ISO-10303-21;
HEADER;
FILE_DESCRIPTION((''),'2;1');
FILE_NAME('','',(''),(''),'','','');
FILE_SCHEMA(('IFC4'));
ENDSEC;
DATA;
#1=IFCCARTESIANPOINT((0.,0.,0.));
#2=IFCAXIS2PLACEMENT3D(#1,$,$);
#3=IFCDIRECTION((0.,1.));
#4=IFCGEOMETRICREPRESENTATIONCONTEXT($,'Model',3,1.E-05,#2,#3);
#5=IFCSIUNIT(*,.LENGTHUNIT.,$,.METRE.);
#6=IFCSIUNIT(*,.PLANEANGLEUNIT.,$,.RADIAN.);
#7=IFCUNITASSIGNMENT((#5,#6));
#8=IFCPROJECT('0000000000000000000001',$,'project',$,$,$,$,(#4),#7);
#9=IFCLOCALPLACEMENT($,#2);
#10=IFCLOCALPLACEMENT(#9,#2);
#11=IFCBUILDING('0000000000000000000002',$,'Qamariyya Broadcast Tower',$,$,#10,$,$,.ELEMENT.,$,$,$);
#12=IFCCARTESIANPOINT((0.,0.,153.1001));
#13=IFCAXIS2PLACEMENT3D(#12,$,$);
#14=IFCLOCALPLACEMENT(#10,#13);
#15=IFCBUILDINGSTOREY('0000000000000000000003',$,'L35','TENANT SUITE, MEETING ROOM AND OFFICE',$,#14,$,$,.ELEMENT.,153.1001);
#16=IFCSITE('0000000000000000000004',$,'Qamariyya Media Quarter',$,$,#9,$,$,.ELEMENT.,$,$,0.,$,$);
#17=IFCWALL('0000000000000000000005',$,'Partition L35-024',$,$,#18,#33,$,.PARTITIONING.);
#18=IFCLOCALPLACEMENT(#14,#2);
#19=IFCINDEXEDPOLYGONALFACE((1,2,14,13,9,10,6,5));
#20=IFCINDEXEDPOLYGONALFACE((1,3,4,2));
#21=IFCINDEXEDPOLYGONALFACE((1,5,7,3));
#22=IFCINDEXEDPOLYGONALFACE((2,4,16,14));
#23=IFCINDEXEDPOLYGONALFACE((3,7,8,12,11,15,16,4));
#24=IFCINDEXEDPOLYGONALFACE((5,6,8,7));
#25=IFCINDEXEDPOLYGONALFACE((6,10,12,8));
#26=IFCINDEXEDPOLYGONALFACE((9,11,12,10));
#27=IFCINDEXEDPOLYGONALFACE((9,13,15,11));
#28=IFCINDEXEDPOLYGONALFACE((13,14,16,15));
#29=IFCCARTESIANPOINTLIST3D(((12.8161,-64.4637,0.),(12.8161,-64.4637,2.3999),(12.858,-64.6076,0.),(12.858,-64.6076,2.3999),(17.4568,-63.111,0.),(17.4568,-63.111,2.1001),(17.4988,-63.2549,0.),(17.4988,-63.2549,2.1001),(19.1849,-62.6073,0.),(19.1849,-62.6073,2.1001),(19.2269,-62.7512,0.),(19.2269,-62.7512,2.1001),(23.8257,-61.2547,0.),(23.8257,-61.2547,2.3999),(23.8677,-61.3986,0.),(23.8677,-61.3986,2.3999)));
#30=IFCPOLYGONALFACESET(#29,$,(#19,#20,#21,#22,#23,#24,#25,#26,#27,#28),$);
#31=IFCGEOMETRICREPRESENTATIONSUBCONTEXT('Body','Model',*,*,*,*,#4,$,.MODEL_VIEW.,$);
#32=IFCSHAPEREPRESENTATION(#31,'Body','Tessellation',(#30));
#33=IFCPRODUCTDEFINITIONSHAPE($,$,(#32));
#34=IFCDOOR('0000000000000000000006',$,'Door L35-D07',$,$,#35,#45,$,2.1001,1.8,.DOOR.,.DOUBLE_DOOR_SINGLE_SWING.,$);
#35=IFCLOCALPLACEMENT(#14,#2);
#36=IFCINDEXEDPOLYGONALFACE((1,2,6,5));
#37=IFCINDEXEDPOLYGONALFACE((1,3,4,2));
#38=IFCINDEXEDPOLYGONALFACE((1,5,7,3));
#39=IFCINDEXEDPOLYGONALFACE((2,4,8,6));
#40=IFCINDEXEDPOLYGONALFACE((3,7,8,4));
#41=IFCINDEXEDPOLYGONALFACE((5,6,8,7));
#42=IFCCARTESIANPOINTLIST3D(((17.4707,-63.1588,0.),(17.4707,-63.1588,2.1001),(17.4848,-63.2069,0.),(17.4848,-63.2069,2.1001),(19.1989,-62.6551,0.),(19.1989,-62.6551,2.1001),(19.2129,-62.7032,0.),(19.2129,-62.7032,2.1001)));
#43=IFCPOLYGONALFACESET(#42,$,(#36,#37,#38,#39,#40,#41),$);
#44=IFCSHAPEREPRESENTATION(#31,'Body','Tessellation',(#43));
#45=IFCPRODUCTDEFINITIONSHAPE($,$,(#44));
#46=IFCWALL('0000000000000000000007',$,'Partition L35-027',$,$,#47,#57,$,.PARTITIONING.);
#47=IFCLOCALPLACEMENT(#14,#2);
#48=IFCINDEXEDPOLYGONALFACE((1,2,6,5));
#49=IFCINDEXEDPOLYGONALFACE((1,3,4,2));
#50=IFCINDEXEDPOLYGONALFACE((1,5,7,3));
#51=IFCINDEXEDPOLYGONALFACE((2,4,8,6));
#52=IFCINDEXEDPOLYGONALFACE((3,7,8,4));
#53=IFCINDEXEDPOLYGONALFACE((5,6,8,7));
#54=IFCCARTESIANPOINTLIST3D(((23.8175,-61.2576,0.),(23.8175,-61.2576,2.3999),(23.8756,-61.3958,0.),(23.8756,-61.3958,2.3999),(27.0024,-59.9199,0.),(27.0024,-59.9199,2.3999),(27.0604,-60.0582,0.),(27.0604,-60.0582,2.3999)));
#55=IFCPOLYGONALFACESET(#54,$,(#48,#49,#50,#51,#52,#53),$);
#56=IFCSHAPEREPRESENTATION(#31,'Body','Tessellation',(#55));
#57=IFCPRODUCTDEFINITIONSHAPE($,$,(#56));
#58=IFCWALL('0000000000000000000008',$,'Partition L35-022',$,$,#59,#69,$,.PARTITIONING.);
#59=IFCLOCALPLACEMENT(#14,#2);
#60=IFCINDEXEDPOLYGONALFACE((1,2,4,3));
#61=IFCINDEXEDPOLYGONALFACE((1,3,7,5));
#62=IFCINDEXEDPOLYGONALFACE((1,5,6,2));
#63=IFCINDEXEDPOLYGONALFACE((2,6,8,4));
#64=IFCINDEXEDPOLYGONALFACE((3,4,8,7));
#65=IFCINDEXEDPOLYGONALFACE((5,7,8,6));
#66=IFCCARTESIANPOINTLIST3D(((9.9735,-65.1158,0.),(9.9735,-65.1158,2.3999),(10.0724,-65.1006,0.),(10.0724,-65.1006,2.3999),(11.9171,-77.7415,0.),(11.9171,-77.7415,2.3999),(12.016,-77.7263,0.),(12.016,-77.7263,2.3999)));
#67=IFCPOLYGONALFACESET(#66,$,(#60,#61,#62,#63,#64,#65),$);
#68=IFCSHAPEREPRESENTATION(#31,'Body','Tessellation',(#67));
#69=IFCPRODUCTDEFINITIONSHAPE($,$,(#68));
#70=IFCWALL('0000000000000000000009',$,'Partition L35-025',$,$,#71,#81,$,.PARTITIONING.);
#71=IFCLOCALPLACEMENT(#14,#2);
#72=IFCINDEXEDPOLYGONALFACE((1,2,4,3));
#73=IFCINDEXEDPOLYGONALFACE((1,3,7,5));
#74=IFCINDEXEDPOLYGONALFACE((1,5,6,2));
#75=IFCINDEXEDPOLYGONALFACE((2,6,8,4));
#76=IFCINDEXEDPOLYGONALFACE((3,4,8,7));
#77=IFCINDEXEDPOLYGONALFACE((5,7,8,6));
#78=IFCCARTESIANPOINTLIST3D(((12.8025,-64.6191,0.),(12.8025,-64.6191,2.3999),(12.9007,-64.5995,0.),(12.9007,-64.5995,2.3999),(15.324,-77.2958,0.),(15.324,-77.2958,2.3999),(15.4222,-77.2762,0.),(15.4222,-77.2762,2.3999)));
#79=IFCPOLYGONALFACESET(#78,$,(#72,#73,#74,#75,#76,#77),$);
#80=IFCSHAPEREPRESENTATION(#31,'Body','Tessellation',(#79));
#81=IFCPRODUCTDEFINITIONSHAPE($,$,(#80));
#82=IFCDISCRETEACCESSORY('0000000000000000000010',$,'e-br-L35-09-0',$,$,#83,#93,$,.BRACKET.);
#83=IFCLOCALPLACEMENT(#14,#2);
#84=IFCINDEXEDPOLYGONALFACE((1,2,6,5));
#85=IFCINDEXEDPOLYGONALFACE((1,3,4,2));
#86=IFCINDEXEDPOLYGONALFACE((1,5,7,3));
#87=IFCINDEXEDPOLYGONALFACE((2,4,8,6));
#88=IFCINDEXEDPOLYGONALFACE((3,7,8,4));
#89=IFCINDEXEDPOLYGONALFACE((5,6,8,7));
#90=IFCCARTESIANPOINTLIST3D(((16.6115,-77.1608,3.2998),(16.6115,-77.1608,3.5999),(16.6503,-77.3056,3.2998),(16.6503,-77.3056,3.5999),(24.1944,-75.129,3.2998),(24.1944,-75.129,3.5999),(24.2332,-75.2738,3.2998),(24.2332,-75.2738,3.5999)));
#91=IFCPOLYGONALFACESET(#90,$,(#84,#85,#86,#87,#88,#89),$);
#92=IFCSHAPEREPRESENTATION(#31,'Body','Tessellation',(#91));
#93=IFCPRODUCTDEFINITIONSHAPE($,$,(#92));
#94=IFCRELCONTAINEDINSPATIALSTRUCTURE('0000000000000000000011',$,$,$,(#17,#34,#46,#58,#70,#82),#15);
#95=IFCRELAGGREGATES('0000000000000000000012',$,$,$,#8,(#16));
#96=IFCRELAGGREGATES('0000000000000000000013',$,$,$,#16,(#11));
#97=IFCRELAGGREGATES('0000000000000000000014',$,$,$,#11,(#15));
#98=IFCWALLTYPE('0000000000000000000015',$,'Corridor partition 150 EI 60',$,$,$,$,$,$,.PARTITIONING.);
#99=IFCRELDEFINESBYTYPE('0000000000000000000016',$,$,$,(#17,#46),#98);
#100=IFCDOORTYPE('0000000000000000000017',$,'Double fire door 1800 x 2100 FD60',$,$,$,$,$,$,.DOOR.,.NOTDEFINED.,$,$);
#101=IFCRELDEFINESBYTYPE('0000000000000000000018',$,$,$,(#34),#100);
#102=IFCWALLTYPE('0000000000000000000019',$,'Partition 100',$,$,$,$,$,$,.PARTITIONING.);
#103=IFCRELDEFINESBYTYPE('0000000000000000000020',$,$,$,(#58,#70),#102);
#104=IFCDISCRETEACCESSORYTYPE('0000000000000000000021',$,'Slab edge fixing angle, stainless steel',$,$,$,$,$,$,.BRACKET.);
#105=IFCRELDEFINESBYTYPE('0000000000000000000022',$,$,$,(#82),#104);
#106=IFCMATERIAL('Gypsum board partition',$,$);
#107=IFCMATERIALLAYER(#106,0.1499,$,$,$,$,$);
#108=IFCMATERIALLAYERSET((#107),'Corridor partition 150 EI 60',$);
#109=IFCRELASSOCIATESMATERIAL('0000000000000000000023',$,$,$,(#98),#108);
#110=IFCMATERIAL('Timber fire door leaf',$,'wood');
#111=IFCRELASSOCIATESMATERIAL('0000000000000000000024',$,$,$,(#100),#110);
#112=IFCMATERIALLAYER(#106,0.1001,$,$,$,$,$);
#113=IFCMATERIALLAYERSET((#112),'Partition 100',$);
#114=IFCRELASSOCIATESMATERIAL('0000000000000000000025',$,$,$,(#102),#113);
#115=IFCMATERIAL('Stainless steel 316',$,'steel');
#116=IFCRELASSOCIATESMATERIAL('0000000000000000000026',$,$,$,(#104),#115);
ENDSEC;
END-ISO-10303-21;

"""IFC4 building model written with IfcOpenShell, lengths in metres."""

from ifc_helpers import new_model, si_unit, direction, frame, frame_2d, origin, origin_2d, place, context, subcontext, project, spatial, rectangle, extrude, material, layer, layer_set, type_object, element, fill, save


model = new_model("IFC4")

# Units and contexts
model_context = context("Model", 3, precision=1e-05, world=origin(), true_north=direction((0.0, 1.0)))
body_context = subcontext(model_context, "Body", "Model", "MODEL_VIEW")
ifc_project = project(units=[si_unit("LENGTHUNIT", "METRE"), si_unit("PLANEANGLEUNIT", "RADIAN")], contexts=[model_context])

# Site, building, storey
site_placement = place(None, origin())
site = spatial("IfcSite", under=ifc_project, at=site_placement, Name="Qamariyya Media Quarter", CompositionType="ELEMENT", RefElevation=0.0)
building_placement = place(site_placement, origin())
building = spatial("IfcBuilding", under=site, at=building_placement, Name="Qamariyya Broadcast Tower", CompositionType="ELEMENT")
storey_placement = place(building_placement, frame((0.0, 0.0, 153.1001)))
storey = spatial("IfcBuildingStorey", under=building, at=storey_placement, Name="L35", Description="TENANT SUITE, MEETING ROOM AND OFFICE", CompositionType="ELEMENT", Elevation=153.1001)

# Wall, opening, door
ifc_material_1 = material(Name="Gypsum board partition")
ifc_layer_1 = layer(ifc_material_1, 0.1499)
ifc_layer_set_1 = layer_set([ifc_layer_1], Name="Corridor partition 150 EI 60")
wall_type_1 = type_object("IfcWallType", Name="Corridor partition 150 EI 60", PredefinedType="PARTITIONING", material=ifc_layer_set_1)
ifc_material_2 = material(Name="Timber fire door leaf", Category="wood")
wall_1_placement = place(storey_placement, frame((23.8467, -61.3267, 0.0), z_axis=(0.0, 0.0, 1.0), x_axis=(-0.960051, -0.279823, 0.0)))
wall_1 = element("IfcWall", 1, at=wall_1_placement, inside=storey, type_object=wall_type_1, Name="Partition L35-024", PredefinedType="PARTITIONING", context=body_context, shape_type="SweptSolid", body=[
    extrude(rectangle(XDim=11.4678, YDim=0.1499, at=frame_2d((5.7339, 0.0))), origin(), (0.0, 0.0, 1.0), 2.3999),
])
opening_1_placement = place(wall_1_placement, frame((4.834, 0.0, 0.0)))
opening_1 = element("IfcOpeningElement", 2, at=opening_1_placement, cuts=wall_1, PredefinedType="OPENING", context=body_context, shape_type="SweptSolid", body=[
    extrude(rectangle(XDim=1.8, YDim=2.1001, at=frame_2d((0.8999, 1.05))), frame((0.0, 0.085, 0.0), z_axis=(0.0, -1.0, 0.0), x_axis=(1.0, 0.0, 0.0)), (0.0, 0.0, 1.0), 0.1699),
])
door_type_1 = type_object("IfcDoorType", Name="Double fire door 1800 x 2100 FD60", OperationType="NOTDEFINED", PredefinedType="DOOR", material=ifc_material_2)
door_1_placement = place(opening_1_placement, origin())
door_1 = element("IfcDoor", 3, at=door_1_placement, inside=storey, type_object=door_type_1, Name="Door L35-D07", OperationType="DOUBLE_DOOR_SINGLE_SWING", OverallHeight=2.1001, OverallWidth=1.8, PredefinedType="DOOR", context=body_context, shape_type="SweptSolid", body=[
    extrude(rectangle(XDim=1.8, YDim=2.1001, at=frame_2d((0.8999, 1.05))), frame((0.0, 0.0249, 0.0), z_axis=(0.0, -1.0, 0.0), x_axis=(1.0, 0.0, 0.0)), (0.0, 0.0, 1.0), 0.05),
])
fill(opening_1, door_1)

# Walls
wall_2_placement = place(storey_placement, frame((23.8467, -61.3267, 0.0), z_axis=(0.0, 0.0, 1.0), x_axis=(0.92198, 0.387238, 0.0)))
element("IfcWall", 4, at=wall_2_placement, inside=storey, type_object=wall_type_1, Name="Partition L35-027", PredefinedType="PARTITIONING", context=body_context, shape_type="SweptSolid", body=[
    extrude(rectangle(XDim=3.4543, YDim=0.1499, at=frame_2d((1.7271, 0.0))), origin(), (0.0, 0.0, 1.0), 2.3999),
])
ifc_layer_2 = layer(ifc_material_1, 0.1001)
ifc_layer_set_2 = layer_set([ifc_layer_2], Name="Partition 100")
wall_type_2 = type_object("IfcWallType", Name="Partition 100", PredefinedType="PARTITIONING", material=ifc_layer_set_2)
wall_3_placement = place(storey_placement, frame((11.9666, -77.7339, 0.0), z_axis=(0.0, 0.0, 1.0), x_axis=(-0.152148, 0.988358, 0.0)))
element("IfcWall", 5, at=wall_3_placement, inside=storey, type_object=wall_type_2, Name="Partition L35-022", PredefinedType="PARTITIONING", context=body_context, shape_type="SweptSolid", body=[
    extrude(rectangle(XDim=12.7744, YDim=0.1001, at=frame_2d((6.3872, 0.0))), origin(), (0.0, 0.0, 1.0), 2.3999),
])
wall_4_placement = place(storey_placement, frame((15.373, -77.2859, 0.0), z_axis=(0.0, 0.0, 1.0), x_axis=(-0.195084, 0.980786, 0.0)))
element("IfcWall", 6, at=wall_4_placement, inside=storey, type_object=wall_type_2, Name="Partition L35-025", PredefinedType="PARTITIONING", context=body_context, shape_type="SweptSolid", body=[
    extrude(rectangle(XDim=12.925, YDim=0.1001, at=frame_2d((6.4624, 0.0))), origin(), (0.0, 0.0, 1.0), 2.3999),
])

# Discrete accessory
ifc_material_3 = material(Name="Stainless steel 316", Category="steel")
discrete_accessory_type = type_object("IfcDiscreteAccessoryType", Name="Slab edge fixing angle, stainless steel", PredefinedType="BRACKET", material=ifc_material_3)
discrete_accessory_placement = place(storey_placement, frame((20.4224, -76.2173, 3.2998), z_axis=(0.0, 0.0, 1.0), x_axis=(0.965926, 0.258819, 0.0)))
element("IfcDiscreteAccessory", 7, at=discrete_accessory_placement, inside=storey, type_object=discrete_accessory_type, Name="e-br-L35-09-0", PredefinedType="BRACKET", context=body_context, shape_type="SweptSolid", body=[
    extrude(rectangle(XDim=7.8503, YDim=0.1499, at=origin_2d()), origin(), (0.0, 0.0, 1.0), 0.3),
])

save(model, "model.ifc")
